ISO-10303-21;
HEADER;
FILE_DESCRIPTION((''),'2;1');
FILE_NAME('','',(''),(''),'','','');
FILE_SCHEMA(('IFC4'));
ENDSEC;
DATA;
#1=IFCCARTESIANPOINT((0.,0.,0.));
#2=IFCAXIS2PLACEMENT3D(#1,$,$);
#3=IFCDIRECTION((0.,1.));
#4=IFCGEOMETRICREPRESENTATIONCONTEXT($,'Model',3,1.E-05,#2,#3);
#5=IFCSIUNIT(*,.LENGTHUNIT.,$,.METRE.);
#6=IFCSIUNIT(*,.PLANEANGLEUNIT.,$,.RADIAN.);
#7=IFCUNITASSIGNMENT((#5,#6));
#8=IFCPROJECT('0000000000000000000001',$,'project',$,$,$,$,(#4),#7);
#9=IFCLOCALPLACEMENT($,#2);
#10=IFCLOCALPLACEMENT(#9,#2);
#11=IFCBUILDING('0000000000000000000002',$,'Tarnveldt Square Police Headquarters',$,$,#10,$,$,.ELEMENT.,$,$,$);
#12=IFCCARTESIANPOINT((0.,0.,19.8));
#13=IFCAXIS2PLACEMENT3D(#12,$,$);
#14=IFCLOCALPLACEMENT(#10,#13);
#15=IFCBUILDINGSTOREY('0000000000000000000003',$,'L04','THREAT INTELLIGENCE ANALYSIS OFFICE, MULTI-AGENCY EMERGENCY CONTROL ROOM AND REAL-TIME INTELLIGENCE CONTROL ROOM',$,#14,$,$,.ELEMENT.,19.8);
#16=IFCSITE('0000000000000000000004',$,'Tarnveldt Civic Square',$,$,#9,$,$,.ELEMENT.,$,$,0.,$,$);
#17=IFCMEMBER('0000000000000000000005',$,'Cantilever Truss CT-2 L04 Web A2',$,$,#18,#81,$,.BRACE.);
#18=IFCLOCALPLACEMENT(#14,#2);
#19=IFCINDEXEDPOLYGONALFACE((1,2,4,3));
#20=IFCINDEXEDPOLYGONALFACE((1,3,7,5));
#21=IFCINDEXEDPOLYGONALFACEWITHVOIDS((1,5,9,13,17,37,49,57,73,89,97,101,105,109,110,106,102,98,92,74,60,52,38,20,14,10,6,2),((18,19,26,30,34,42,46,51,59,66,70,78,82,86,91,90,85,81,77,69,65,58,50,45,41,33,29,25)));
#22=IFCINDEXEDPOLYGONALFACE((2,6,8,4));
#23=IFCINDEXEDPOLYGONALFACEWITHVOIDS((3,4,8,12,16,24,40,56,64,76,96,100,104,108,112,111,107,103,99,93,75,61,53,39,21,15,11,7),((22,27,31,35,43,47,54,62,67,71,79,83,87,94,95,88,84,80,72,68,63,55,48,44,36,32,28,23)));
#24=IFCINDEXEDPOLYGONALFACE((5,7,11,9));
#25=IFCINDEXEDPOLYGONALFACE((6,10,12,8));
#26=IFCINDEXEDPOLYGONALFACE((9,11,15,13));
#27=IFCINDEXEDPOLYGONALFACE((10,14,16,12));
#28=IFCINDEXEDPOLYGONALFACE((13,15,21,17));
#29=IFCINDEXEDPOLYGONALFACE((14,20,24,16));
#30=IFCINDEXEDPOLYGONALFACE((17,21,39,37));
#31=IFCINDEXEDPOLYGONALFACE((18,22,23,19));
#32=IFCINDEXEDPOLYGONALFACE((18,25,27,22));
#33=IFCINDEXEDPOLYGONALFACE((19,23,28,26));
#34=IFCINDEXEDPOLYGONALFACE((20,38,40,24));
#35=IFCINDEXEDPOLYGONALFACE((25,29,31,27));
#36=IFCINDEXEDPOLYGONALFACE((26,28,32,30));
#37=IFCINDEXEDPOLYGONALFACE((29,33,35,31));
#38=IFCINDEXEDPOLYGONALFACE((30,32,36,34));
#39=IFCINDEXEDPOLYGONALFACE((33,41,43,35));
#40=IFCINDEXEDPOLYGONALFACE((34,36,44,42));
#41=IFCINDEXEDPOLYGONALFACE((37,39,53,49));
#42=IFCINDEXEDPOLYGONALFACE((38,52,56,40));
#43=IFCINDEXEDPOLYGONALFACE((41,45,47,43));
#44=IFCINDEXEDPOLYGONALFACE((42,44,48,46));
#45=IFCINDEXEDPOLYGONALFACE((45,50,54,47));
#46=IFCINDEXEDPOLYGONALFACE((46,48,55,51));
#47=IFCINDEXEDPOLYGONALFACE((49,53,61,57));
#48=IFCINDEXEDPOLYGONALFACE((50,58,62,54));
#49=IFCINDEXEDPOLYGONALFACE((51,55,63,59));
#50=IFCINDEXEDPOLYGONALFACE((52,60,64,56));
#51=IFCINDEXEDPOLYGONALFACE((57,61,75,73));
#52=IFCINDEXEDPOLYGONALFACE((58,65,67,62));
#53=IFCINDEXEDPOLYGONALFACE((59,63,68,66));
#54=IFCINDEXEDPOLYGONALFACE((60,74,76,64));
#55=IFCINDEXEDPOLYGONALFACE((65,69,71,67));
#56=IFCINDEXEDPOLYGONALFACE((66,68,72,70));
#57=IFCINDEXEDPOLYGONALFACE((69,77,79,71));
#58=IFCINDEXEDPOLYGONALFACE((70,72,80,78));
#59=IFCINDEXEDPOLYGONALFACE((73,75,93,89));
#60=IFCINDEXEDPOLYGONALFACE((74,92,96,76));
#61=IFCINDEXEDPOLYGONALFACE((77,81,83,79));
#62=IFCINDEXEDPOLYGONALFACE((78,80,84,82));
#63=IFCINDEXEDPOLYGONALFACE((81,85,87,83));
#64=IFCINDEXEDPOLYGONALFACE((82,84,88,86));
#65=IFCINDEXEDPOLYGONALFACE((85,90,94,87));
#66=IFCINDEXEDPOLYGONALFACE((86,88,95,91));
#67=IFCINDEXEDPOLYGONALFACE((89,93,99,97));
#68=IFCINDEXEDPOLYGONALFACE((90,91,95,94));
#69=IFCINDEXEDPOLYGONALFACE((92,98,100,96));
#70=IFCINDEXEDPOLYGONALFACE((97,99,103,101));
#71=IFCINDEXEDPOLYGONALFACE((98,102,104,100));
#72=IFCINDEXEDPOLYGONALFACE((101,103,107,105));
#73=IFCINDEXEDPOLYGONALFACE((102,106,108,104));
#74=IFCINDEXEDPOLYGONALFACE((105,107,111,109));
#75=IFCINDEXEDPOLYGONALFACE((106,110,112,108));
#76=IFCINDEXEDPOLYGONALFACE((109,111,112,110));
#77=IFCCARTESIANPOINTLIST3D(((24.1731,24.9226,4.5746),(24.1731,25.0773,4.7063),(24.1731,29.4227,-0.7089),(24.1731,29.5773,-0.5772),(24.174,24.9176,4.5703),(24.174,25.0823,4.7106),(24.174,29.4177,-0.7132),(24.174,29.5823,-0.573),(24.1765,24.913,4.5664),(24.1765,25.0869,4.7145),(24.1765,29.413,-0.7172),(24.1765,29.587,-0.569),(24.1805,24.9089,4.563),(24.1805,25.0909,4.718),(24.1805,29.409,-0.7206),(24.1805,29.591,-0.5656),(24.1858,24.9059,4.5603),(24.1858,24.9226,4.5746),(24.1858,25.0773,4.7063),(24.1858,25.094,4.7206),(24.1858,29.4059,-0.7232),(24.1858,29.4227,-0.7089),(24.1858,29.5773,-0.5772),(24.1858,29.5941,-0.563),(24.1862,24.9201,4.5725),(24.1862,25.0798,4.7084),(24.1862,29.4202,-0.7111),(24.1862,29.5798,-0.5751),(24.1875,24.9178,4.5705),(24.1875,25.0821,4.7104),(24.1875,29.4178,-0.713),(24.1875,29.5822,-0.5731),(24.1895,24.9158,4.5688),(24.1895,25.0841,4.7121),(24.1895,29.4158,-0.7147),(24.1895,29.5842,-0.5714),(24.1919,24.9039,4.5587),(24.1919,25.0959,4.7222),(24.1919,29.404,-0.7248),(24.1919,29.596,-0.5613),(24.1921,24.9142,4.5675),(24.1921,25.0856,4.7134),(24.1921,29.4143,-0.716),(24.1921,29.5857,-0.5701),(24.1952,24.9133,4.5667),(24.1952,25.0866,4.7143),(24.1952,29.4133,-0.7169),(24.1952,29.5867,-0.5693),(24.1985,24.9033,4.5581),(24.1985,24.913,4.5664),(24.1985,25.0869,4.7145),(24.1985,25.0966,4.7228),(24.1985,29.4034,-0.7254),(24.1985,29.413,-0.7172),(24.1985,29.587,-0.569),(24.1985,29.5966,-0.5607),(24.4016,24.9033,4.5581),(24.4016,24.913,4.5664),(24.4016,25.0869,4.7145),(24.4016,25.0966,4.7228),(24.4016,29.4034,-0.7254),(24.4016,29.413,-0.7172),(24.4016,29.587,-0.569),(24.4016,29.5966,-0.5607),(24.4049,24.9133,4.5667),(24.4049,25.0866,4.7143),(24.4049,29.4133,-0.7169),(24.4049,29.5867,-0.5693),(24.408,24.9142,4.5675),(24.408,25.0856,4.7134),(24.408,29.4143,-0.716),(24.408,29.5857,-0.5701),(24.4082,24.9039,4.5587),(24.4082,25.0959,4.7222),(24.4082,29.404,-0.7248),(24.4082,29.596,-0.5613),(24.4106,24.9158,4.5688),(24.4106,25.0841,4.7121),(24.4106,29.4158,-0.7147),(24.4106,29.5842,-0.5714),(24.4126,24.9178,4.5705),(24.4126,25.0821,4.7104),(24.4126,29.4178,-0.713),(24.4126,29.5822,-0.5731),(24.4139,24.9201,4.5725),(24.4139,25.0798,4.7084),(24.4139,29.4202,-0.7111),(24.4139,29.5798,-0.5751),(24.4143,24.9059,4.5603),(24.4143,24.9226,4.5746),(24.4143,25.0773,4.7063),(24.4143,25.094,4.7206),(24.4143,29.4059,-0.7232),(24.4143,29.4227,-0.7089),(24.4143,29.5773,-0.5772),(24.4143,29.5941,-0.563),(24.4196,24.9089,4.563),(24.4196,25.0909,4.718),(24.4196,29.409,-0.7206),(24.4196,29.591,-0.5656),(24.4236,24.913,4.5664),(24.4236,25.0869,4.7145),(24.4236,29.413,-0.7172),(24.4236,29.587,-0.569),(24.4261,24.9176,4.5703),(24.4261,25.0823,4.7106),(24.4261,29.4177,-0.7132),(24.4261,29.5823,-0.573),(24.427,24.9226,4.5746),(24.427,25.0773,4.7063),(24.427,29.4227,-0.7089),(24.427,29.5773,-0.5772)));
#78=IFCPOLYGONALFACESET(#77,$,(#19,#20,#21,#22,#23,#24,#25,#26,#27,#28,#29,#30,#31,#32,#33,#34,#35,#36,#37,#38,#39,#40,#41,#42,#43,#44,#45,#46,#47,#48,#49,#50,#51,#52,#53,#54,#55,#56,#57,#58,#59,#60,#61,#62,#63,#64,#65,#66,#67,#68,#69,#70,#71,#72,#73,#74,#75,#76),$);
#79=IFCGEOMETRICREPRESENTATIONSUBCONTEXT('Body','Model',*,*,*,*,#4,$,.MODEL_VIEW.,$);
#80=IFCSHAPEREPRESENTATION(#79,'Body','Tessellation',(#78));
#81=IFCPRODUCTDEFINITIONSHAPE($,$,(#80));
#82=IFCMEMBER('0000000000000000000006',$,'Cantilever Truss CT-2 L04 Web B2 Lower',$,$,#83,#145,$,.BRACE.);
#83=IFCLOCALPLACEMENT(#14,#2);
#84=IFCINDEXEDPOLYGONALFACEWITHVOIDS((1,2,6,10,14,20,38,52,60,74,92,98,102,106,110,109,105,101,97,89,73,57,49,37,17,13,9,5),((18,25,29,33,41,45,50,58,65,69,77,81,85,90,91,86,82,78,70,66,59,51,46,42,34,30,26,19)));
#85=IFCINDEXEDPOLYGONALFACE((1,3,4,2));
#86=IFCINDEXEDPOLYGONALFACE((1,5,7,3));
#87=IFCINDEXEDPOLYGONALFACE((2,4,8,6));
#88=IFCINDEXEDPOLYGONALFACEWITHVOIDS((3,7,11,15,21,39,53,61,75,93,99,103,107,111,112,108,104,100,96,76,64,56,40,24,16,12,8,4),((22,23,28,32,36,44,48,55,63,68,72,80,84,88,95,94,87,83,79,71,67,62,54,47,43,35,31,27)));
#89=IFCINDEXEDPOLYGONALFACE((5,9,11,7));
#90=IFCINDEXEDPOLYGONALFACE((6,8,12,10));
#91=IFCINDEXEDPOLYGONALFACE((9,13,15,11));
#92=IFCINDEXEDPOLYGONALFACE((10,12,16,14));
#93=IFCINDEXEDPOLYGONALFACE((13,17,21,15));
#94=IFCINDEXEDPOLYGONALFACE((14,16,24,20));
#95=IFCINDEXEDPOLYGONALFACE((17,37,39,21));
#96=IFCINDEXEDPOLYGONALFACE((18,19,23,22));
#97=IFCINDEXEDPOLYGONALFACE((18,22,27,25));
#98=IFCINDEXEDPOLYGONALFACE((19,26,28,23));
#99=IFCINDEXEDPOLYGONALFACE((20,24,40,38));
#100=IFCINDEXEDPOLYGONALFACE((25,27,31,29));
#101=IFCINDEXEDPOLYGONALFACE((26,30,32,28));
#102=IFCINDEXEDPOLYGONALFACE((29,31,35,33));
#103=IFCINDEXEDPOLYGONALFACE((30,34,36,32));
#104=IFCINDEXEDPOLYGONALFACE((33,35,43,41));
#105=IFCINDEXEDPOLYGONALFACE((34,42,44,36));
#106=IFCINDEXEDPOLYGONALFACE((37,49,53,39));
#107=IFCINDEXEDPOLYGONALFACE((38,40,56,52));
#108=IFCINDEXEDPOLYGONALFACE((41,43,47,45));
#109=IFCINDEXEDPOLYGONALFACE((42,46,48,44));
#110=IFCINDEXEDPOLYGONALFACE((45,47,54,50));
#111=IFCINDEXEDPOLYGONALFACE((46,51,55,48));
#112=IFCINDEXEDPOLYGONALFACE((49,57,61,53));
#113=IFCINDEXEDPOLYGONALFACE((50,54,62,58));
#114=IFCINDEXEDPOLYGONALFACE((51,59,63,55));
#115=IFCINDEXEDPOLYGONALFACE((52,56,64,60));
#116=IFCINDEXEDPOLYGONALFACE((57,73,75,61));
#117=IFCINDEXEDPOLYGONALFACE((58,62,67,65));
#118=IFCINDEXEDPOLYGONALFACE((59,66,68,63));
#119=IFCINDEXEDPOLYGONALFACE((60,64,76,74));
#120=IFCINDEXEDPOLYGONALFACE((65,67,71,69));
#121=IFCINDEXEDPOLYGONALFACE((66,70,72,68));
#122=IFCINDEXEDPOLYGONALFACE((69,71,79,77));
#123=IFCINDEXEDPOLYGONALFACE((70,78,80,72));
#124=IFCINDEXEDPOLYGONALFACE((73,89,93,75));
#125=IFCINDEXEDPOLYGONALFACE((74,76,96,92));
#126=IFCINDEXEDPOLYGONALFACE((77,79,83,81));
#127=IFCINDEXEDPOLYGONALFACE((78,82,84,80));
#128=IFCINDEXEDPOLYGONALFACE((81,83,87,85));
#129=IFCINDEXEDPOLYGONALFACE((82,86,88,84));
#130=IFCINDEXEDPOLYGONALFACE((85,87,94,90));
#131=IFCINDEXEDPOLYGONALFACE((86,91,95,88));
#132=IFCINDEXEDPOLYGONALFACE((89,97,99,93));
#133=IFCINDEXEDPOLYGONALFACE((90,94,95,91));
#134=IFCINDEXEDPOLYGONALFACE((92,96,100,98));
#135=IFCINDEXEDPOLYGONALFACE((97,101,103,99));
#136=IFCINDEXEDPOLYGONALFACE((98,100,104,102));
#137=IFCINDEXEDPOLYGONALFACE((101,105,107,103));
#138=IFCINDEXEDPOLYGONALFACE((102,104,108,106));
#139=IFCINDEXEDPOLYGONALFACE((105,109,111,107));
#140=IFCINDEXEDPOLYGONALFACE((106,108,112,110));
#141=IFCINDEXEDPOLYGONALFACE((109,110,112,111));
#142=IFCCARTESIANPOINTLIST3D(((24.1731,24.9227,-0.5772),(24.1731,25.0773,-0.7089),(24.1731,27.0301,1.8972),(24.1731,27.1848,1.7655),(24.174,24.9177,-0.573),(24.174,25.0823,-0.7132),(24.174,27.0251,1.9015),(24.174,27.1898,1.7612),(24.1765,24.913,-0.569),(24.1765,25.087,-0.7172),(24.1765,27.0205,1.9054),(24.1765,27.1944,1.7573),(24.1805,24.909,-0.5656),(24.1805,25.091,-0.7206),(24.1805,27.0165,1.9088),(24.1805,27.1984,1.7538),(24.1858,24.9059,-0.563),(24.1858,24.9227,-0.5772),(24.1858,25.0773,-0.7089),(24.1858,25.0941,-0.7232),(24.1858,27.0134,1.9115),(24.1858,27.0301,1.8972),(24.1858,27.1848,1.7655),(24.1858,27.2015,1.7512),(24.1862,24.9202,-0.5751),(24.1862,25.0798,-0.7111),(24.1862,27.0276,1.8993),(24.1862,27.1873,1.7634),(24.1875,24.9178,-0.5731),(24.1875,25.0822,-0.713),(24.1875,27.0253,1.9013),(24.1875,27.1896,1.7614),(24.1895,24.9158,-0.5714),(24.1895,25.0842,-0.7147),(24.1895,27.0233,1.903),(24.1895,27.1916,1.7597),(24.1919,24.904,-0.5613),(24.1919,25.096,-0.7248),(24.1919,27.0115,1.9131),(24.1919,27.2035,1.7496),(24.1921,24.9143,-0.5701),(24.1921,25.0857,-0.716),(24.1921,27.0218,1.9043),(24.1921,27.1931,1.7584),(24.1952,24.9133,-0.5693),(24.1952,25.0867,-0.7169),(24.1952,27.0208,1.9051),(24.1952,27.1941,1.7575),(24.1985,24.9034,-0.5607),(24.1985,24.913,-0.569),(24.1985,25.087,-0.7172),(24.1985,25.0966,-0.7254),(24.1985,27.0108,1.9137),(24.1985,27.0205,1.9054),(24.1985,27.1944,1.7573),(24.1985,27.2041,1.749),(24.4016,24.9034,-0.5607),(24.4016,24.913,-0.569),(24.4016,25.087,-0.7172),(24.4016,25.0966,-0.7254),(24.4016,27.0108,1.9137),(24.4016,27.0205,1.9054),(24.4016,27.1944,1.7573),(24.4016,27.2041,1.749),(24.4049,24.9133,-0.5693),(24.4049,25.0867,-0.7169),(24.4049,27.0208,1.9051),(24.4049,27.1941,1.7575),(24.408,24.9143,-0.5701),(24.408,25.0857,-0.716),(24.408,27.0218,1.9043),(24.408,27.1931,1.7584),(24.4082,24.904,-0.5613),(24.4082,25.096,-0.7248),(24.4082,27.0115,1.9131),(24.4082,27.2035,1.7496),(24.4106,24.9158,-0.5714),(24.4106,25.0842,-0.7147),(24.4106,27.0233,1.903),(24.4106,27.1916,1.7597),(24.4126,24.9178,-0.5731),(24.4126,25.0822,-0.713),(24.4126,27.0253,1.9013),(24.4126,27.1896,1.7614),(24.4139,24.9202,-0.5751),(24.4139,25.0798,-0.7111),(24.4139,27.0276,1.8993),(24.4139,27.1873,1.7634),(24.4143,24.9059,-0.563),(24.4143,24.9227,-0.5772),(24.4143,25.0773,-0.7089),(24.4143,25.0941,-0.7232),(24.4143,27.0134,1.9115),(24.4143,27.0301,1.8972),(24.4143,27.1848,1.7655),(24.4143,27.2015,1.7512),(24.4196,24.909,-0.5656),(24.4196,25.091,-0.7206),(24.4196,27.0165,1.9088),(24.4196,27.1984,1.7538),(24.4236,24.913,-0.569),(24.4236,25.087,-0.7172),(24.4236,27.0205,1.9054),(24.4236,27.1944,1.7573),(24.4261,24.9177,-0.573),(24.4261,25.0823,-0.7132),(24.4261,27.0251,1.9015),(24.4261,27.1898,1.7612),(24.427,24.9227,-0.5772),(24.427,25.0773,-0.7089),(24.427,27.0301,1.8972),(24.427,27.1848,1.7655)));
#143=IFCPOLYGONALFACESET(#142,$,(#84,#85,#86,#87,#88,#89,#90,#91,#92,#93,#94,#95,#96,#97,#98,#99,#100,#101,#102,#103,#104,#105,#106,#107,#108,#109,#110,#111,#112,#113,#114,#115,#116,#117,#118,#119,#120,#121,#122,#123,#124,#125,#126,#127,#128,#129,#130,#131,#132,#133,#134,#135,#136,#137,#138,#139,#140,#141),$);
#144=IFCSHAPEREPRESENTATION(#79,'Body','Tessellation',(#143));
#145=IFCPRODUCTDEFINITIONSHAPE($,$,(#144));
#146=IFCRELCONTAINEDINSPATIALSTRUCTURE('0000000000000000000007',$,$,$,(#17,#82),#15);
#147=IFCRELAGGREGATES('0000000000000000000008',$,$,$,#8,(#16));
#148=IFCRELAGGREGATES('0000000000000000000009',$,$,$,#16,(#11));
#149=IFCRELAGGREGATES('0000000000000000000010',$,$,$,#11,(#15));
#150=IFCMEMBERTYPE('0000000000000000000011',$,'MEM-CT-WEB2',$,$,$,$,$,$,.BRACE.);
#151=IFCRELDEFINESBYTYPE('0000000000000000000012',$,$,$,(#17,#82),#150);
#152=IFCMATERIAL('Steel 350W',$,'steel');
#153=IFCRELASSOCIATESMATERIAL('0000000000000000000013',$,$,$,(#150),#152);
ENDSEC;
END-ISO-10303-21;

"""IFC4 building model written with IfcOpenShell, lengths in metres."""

from ifc_helpers import new_model, si_unit, direction, frame, origin, origin_2d, place, context, subcontext, project, spatial, hollow_rectangle, extrude, material, material_profile, profile_set, type_object, element, save


model = new_model("IFC4")

# Units and contexts
model_context = context("Model", 3, precision=1e-05, world=origin(), true_north=direction((0.0, 1.0)))
body_context = subcontext(model_context, "Body", "Model", "MODEL_VIEW")
ifc_project = project(units=[si_unit("LENGTHUNIT", "METRE"), si_unit("PLANEANGLEUNIT", "RADIAN")], contexts=[model_context])

# Site, building, storey
site_placement = place(None, origin())
site = spatial("IfcSite", under=ifc_project, at=site_placement, Name="Tarnveldt Civic Square", CompositionType="ELEMENT", RefElevation=0.0)
building_placement = place(site_placement, origin())
building = spatial("IfcBuilding", under=site, at=building_placement, Name="Tarnveldt Square Police Headquarters", CompositionType="ELEMENT")
storey_placement = place(building_placement, frame((0.0, 0.0, 19.8)))
storey = spatial("IfcBuildingStorey", under=building, at=storey_placement, Name="L04", Description="THREAT INTELLIGENCE ANALYSIS OFFICE, MULTI-AGENCY EMERGENCY CONTROL ROOM AND REAL-TIME INTELLIGENCE CONTROL ROOM", CompositionType="ELEMENT", Elevation=19.8)

# Shared definitions
ifc_material_1 = material(Name="Steel 350W", Category="steel")

# Members
ifc_material_profile_1 = material_profile(ifc_material_1, hollow_rectangle(XDim=0.2539, YDim=0.2539, WallThickness=0.0127, InnerFilletRadius=0.0127, OuterFilletRadius=0.0254, at=origin_2d()), Name="HSS254x254x13")
ifc_profile_set_1 = profile_set([ifc_material_profile_1], Name="Steel 350W")
member_type_1 = type_object("IfcMemberType", Name="MEM-CT-WEB2", PredefinedType="BRACE", material=ifc_profile_set_1)
member_1_placement = place(storey_placement, frame((24.3, 29.5, -0.6431), z_axis=(0.0, -0.648407, 0.761294), x_axis=(1.0, 0.0, 0.0)))
element("IfcMember", 1, at=member_1_placement, inside=storey, type_object=member_type_1, Name="Cantilever Truss CT-2 L04 Web A2", PredefinedType="BRACE", context=body_context, shape_type="SweptSolid", body=[
    extrude(hollow_rectangle(XDim=0.2539, YDim=0.2539, WallThickness=0.0127, InnerFilletRadius=0.0127, OuterFilletRadius=0.0254, at=origin_2d()), origin(), (0.0, 0.0, 1.0), 6.9402),
])
member_2_placement = place(storey_placement, frame((24.3, 25.0, -0.6431), z_axis=(0.0, 0.6484, 0.7613), x_axis=(-1.0, 0.0, 0.0)))
element("IfcMember", 2, at=member_2_placement, inside=storey, type_object=member_type_1, Name="Cantilever Truss CT-2 L04 Web B2 Lower", PredefinedType="BRACE", context=body_context, shape_type="SweptSolid", body=[
    extrude(hollow_rectangle(XDim=0.2539, YDim=0.2539, WallThickness=0.0127, InnerFilletRadius=0.0127, OuterFilletRadius=0.0254, at=origin_2d()), origin(), (0.0, 0.0, 1.0), 3.2502),
])

save(model, "model.ifc")
